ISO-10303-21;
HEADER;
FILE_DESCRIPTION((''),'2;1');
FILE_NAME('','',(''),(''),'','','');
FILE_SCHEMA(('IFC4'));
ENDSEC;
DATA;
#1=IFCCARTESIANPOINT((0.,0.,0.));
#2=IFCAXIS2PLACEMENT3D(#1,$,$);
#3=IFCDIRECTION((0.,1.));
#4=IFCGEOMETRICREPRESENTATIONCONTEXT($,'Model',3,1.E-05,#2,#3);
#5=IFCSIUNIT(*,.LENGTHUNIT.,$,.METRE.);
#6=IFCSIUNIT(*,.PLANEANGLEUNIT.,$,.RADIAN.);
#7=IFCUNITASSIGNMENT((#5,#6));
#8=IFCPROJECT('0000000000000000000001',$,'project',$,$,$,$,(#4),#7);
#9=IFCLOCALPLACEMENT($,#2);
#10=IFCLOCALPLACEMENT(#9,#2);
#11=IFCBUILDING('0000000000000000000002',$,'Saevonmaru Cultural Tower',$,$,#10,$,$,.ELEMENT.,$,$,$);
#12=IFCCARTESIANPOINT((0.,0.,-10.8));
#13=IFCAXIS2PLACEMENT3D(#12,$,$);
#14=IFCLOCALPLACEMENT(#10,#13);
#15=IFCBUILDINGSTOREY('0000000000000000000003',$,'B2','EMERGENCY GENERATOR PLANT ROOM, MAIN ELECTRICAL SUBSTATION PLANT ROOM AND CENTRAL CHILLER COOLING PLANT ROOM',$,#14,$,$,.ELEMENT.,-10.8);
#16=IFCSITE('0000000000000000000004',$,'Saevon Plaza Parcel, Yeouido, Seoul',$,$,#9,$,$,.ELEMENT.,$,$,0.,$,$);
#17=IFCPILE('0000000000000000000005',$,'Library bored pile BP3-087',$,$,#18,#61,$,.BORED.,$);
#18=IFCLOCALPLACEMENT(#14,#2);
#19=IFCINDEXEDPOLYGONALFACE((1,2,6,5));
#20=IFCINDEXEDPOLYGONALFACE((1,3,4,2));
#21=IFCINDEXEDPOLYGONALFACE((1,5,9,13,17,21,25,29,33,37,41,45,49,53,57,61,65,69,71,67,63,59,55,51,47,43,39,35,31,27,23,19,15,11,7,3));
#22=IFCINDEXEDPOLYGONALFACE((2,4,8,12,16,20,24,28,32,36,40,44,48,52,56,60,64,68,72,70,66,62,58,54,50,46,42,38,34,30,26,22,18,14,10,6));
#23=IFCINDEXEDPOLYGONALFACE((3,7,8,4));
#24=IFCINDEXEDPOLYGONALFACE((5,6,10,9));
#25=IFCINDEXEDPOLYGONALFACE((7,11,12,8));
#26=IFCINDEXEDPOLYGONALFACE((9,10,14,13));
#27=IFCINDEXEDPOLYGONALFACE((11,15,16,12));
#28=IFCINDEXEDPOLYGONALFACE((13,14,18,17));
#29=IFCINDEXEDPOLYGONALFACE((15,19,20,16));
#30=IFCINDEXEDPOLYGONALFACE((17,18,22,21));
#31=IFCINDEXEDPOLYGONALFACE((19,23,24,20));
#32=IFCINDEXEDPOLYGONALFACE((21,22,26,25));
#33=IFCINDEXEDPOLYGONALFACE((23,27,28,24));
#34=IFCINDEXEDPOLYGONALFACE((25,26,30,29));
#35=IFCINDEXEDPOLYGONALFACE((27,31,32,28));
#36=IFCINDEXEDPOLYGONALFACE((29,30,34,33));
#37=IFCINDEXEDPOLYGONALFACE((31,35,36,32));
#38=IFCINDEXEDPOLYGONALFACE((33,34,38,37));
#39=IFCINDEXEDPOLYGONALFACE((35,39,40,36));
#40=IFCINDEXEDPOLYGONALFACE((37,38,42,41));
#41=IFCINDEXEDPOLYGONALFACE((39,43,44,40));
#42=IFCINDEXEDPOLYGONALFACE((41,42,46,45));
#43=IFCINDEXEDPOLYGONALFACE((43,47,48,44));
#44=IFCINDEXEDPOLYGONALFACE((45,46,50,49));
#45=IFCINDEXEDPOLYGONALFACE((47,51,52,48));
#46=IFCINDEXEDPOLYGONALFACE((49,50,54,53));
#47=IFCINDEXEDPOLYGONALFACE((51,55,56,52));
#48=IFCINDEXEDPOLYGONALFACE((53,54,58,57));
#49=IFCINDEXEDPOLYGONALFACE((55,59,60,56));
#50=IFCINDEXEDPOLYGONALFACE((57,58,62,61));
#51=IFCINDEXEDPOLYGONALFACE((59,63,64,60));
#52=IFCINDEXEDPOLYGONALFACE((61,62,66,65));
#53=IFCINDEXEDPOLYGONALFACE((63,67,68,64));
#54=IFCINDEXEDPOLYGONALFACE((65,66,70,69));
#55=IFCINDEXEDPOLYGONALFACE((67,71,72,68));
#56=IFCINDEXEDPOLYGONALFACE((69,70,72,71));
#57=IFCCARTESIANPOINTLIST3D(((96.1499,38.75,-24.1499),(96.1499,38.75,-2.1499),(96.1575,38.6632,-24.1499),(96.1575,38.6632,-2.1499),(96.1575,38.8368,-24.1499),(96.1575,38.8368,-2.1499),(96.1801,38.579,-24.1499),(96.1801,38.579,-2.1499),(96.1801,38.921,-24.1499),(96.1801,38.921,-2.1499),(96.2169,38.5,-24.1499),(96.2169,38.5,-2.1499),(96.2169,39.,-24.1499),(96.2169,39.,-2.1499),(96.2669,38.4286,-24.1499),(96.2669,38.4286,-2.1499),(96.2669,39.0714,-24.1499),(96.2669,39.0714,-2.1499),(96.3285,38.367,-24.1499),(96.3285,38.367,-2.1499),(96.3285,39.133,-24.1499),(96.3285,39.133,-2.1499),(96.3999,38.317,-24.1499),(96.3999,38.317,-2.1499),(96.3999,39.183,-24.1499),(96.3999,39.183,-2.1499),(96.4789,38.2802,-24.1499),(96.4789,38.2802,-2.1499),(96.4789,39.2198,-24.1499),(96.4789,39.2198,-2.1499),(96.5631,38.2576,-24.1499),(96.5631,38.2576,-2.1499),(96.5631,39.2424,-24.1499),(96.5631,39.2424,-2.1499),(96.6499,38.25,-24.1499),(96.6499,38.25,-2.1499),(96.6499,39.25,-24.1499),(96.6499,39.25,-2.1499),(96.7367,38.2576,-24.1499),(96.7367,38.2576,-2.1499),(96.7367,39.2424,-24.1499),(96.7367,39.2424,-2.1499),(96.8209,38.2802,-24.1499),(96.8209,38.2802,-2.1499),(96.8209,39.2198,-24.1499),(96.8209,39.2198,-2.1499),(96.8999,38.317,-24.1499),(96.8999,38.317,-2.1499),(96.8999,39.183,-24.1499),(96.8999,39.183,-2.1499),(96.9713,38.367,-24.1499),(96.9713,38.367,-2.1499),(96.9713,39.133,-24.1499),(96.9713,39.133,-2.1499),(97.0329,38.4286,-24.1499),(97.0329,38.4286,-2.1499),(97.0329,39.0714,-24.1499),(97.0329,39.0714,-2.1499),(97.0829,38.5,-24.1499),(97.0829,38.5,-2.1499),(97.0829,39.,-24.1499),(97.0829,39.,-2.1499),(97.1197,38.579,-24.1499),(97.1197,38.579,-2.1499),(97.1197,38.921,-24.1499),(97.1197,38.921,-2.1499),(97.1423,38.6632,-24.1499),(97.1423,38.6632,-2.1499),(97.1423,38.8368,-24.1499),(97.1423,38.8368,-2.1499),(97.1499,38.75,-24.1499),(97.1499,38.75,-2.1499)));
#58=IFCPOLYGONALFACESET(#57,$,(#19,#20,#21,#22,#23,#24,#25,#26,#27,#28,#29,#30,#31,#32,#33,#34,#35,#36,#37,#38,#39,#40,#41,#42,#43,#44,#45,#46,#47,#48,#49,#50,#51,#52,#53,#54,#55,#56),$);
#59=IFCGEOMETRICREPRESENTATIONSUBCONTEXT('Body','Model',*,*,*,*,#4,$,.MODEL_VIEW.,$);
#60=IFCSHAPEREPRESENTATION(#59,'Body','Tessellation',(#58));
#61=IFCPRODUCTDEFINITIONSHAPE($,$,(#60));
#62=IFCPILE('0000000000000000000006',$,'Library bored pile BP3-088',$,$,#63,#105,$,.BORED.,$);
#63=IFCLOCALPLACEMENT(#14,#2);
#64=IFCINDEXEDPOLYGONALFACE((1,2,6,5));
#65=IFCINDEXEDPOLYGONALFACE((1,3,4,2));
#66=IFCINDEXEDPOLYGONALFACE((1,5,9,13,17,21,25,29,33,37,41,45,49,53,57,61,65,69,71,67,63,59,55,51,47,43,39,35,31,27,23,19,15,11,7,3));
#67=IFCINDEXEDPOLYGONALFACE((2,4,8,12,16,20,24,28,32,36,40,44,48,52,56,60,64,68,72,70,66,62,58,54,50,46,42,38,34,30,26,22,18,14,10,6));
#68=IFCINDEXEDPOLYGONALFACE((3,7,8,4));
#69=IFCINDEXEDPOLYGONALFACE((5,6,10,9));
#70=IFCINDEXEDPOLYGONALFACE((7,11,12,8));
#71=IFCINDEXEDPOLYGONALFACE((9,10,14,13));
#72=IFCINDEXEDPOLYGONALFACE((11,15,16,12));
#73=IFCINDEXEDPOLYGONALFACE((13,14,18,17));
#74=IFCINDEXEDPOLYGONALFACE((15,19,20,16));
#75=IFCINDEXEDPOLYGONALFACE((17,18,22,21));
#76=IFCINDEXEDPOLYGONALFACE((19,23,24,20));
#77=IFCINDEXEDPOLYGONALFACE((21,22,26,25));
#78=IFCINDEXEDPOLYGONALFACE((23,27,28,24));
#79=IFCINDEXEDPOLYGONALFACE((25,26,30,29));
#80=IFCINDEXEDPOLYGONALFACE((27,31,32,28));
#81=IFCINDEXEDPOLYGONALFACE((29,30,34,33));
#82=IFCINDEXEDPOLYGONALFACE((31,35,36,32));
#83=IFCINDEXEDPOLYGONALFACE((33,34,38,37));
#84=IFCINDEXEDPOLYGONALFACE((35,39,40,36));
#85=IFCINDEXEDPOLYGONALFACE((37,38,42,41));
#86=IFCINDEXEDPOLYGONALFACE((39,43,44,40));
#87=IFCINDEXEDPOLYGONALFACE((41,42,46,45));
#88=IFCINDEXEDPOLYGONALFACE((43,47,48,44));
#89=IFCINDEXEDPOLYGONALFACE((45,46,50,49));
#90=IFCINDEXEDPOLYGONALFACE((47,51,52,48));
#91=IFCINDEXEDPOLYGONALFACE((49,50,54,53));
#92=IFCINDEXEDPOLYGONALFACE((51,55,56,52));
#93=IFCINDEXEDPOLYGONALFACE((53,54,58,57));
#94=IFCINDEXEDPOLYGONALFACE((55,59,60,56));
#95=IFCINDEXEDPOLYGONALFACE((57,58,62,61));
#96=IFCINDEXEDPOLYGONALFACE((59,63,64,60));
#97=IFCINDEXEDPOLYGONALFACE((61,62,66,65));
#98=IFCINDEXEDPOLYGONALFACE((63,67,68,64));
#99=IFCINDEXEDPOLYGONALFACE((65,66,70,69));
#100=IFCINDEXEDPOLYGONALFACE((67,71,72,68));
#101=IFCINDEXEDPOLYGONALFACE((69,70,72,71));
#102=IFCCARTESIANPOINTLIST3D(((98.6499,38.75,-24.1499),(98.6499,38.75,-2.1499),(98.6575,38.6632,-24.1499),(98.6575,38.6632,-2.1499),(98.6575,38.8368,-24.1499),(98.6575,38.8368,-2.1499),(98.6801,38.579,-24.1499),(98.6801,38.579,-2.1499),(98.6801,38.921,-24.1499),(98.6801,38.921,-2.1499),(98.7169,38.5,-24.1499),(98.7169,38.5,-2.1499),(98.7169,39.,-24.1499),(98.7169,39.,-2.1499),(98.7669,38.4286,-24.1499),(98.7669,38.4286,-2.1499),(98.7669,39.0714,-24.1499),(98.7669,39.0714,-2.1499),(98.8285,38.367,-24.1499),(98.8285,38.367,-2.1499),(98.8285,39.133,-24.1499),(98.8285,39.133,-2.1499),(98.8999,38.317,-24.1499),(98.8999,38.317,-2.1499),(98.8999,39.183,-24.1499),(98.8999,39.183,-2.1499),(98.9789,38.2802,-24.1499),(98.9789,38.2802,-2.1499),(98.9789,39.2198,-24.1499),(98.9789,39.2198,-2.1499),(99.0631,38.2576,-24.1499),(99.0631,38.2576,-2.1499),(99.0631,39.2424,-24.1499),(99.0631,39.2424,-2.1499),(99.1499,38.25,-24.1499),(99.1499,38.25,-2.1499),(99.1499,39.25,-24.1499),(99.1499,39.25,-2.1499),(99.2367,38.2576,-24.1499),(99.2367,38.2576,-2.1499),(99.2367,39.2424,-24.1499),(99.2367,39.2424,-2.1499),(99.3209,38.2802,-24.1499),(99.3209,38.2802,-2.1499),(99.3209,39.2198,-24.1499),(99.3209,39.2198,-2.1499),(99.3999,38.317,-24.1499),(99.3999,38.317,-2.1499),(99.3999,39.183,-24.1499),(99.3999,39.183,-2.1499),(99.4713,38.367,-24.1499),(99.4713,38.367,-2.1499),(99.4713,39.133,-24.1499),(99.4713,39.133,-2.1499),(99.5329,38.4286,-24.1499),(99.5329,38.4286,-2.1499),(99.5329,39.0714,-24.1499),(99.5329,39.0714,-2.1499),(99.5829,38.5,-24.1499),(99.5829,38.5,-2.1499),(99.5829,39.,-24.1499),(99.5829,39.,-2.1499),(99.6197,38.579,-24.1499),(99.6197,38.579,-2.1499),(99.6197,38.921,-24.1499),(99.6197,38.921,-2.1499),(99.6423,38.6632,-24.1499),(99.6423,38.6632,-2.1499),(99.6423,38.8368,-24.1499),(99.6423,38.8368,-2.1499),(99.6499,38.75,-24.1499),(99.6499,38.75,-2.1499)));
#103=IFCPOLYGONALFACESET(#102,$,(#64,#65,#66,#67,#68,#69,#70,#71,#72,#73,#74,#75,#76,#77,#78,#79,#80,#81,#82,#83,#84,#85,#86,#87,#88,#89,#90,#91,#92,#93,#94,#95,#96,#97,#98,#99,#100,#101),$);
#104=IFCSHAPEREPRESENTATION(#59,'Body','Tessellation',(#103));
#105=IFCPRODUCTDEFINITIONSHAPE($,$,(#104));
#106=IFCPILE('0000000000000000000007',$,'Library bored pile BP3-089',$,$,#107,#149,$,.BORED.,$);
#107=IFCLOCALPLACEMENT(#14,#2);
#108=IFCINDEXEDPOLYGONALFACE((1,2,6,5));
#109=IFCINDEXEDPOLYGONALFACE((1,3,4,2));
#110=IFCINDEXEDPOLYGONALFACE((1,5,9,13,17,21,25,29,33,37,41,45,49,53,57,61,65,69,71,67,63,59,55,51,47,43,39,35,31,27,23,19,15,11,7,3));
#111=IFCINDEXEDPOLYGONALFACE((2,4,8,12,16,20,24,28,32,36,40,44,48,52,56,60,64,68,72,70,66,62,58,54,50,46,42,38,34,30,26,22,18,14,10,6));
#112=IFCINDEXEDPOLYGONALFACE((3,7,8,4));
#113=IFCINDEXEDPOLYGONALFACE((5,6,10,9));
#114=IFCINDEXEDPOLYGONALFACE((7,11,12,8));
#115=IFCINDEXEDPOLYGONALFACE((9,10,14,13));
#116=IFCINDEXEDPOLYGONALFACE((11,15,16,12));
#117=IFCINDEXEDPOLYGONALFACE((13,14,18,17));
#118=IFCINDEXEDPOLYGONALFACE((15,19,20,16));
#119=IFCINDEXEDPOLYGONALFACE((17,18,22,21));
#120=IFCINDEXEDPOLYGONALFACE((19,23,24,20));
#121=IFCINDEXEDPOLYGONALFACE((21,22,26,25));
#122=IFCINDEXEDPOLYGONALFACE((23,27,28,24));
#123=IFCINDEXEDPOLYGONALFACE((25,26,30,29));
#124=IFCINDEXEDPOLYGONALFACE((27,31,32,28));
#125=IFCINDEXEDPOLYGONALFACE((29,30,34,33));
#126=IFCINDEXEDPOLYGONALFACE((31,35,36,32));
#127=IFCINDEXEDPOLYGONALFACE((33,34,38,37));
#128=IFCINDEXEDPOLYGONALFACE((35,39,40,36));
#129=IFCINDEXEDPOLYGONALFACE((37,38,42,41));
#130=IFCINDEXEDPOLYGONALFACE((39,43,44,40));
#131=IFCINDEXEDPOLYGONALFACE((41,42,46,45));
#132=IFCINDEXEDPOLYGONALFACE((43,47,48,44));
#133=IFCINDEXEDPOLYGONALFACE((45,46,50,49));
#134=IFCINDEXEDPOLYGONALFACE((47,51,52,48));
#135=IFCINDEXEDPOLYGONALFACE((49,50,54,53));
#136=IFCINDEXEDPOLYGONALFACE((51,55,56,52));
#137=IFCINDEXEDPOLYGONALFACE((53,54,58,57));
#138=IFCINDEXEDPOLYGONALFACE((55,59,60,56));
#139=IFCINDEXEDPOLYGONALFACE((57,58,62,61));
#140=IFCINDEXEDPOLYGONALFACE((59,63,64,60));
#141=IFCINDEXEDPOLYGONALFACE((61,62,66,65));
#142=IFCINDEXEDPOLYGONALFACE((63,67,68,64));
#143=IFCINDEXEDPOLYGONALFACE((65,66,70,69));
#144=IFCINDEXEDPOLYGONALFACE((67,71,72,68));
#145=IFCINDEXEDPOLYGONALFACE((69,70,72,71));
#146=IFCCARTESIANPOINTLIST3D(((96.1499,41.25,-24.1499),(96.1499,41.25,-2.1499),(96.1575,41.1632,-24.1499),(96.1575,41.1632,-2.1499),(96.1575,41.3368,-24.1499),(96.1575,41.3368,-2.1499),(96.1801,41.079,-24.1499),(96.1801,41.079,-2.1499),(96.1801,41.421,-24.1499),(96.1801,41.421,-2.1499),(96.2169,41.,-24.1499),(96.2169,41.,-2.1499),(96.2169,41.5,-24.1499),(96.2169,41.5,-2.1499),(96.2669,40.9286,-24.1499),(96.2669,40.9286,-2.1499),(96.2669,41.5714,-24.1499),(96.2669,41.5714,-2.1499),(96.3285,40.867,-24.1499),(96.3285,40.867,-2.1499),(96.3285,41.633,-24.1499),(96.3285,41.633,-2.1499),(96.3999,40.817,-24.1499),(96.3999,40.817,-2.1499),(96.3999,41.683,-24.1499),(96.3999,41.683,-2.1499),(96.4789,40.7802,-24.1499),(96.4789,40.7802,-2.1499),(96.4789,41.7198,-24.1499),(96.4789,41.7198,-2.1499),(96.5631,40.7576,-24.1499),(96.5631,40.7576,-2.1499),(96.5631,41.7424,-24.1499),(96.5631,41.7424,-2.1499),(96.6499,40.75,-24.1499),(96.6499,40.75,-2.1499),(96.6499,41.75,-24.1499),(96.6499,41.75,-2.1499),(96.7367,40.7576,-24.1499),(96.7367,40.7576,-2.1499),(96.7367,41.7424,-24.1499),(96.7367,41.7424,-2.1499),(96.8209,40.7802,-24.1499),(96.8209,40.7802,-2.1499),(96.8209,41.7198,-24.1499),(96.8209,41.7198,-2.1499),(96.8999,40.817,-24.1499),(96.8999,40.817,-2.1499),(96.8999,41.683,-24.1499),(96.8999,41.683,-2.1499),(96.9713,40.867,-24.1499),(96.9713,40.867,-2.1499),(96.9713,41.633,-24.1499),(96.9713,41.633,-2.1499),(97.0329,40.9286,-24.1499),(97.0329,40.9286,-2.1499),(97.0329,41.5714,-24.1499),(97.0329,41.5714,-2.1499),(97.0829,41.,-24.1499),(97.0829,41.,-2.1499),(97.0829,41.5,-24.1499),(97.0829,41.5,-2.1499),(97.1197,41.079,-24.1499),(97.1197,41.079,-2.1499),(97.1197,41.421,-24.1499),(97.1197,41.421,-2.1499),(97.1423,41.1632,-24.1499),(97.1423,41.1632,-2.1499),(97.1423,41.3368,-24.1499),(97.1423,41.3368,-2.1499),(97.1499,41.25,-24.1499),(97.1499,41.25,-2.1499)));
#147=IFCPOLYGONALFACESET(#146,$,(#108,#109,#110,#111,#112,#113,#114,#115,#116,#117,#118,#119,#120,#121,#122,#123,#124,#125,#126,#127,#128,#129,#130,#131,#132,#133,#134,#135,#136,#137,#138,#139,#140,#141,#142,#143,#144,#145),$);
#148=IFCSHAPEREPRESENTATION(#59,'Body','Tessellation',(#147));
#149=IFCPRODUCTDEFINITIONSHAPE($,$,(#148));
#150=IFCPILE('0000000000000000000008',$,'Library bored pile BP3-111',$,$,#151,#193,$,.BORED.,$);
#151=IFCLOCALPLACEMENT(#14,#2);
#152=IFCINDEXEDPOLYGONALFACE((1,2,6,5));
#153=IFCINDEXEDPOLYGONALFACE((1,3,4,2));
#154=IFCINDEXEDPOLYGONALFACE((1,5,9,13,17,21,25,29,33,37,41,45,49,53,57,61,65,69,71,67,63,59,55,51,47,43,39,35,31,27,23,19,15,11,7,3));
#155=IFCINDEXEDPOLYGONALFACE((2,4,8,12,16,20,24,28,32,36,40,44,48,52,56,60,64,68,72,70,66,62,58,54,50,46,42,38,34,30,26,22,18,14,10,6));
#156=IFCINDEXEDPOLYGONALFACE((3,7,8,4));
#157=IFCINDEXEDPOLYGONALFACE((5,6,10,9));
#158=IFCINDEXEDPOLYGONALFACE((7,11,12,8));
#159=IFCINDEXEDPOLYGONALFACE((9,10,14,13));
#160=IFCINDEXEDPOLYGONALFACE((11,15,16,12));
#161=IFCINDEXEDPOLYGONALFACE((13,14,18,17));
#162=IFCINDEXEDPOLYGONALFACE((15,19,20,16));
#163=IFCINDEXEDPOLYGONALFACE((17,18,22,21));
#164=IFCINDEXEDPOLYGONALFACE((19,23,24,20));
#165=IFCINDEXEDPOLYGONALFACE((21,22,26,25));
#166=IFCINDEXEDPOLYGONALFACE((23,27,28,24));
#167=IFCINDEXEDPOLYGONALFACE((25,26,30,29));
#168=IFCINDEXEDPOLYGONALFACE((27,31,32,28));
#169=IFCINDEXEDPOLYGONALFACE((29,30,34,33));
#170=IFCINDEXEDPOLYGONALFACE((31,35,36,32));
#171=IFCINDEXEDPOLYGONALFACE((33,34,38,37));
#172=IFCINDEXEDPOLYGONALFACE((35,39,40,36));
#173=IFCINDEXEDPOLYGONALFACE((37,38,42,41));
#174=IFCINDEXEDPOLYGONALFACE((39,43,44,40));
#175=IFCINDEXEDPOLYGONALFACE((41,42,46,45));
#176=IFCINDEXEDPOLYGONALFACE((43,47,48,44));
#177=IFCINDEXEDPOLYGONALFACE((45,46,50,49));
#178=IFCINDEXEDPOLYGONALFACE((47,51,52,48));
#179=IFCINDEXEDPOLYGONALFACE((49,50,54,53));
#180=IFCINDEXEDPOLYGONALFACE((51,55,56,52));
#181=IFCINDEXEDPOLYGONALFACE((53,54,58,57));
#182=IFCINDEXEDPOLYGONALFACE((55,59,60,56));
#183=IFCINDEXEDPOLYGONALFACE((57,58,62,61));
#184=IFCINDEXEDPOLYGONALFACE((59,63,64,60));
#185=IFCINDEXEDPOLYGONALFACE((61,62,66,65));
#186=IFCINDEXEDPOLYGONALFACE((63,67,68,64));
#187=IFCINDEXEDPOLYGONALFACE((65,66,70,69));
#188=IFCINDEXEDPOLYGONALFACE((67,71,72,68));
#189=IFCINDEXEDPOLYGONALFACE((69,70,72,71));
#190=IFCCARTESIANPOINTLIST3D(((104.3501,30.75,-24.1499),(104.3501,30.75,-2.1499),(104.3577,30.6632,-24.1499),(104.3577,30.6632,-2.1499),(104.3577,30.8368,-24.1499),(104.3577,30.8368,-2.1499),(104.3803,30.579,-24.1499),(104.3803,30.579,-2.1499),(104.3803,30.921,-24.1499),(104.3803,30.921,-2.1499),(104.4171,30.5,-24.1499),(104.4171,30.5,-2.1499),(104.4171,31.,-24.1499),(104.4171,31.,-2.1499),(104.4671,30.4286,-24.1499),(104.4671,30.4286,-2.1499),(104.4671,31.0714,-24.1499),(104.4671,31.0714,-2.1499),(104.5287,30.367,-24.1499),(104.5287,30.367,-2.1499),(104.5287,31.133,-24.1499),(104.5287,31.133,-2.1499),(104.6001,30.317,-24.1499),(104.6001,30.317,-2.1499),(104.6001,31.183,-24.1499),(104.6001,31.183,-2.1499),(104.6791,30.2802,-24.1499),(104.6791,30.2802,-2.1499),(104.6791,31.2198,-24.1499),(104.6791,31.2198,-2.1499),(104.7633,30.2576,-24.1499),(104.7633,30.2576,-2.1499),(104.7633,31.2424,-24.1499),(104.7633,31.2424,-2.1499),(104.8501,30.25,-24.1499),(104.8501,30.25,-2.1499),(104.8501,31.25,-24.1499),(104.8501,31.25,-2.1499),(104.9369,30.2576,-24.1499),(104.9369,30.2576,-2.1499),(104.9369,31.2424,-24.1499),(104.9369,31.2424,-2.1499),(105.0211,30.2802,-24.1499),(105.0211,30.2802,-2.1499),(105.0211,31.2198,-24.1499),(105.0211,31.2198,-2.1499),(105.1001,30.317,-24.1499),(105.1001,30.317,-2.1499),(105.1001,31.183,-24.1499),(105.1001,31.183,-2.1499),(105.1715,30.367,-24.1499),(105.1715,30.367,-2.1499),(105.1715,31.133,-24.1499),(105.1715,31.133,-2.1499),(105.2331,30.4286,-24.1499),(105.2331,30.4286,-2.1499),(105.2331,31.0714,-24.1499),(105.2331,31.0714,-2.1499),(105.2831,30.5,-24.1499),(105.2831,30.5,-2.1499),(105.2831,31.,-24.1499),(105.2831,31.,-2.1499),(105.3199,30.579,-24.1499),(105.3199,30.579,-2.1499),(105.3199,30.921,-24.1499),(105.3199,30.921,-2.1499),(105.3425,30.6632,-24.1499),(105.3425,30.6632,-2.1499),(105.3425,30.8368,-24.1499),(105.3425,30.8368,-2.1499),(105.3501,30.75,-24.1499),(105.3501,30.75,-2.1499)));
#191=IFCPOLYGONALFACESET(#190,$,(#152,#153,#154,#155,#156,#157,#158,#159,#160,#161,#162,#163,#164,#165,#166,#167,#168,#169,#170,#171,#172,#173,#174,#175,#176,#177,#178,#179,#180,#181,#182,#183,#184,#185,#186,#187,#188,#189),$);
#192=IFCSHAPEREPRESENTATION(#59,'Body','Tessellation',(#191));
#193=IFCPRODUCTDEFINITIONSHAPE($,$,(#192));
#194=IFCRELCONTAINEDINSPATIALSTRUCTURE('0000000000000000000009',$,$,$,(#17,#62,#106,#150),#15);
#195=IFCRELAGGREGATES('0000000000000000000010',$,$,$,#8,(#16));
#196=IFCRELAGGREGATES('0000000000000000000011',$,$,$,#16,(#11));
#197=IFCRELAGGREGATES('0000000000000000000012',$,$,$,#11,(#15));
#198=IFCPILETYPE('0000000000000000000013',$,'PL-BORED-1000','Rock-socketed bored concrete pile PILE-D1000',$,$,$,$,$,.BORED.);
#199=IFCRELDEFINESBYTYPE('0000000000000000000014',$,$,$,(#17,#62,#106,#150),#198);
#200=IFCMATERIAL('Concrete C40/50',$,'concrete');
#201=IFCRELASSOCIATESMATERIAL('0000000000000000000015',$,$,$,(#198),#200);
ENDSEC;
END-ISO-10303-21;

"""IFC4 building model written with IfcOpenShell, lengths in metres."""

from ifc_helpers import new_model, si_unit, direction, frame, origin, origin_2d, place, context, subcontext, project, spatial, circle, extrude, material, material_profile, profile_set, type_object, element, save


model = new_model("IFC4")

# Units and contexts
model_context = context("Model", 3, precision=1e-05, world=origin(), true_north=direction((0.0, 1.0)))
body_context = subcontext(model_context, "Body", "Model", "MODEL_VIEW")
ifc_project = project(units=[si_unit("LENGTHUNIT", "METRE"), si_unit("PLANEANGLEUNIT", "RADIAN")], contexts=[model_context])

# Site, building, storey
site_placement = place(None, origin())
site = spatial("IfcSite", under=ifc_project, at=site_placement, Name="Saevon Plaza Parcel, Yeouido, Seoul", CompositionType="ELEMENT", RefElevation=0.0)
building_placement = place(site_placement, origin())
building = spatial("IfcBuilding", under=site, at=building_placement, Name="Saevonmaru Cultural Tower", CompositionType="ELEMENT")
storey_placement = place(building_placement, frame((0.0, 0.0, -10.8)))
storey = spatial("IfcBuildingStorey", under=building, at=storey_placement, Name="B2", Description="EMERGENCY GENERATOR PLANT ROOM, MAIN ELECTRICAL SUBSTATION PLANT ROOM AND CENTRAL CHILLER COOLING PLANT ROOM", CompositionType="ELEMENT", Elevation=-10.8)

# Piles
ifc_material_1 = material(Name="Concrete C40/50", Category="concrete")
ifc_material_profile_1 = material_profile(ifc_material_1, circle(Radius=0.5, at=origin_2d()), Name="PILE-D1000")
ifc_profile_set_1 = profile_set([ifc_material_profile_1], Name="Concrete C40/50")
pile_type_1 = type_object("IfcPileType", Name="PL-BORED-1000", Description="Rock-socketed bored concrete pile PILE-D1000", PredefinedType="BORED", material=ifc_profile_set_1)
for number, where, z_axis, x_axis, name in (
    (1, (96.6499, 38.75, -2.1499), (0.0, 0.0, -1.0), (1.0, 0.0, 0.0), "Library bored pile BP3-087"),
    (2, (99.1499, 38.75, -2.1499), (0.0, 0.0, -1.0), (1.0, 0.0, 0.0), "Library bored pile BP3-088"),
    (3, (96.6499, 41.25, -2.1499), (0.0, 0.0, -1.0), (1.0, 0.0, 0.0), "Library bored pile BP3-089"),
    (4, (104.8501, 30.75, -2.1499), (0.0, 0.0, -1.0), (1.0, 0.0, 0.0), "Library bored pile BP3-111"),
):
    element("IfcPile", number, at=place(storey_placement, frame(where, z_axis=z_axis, x_axis=x_axis)), inside=storey, type_object=pile_type_1, Name=name, PredefinedType="BORED", context=body_context, shape_type="SweptSolid", body=[
        extrude(circle(Radius=0.5, at=origin_2d()), origin(), (0.0, 0.0, 1.0), 22.0),
    ])

save(model, "model.ifc")
